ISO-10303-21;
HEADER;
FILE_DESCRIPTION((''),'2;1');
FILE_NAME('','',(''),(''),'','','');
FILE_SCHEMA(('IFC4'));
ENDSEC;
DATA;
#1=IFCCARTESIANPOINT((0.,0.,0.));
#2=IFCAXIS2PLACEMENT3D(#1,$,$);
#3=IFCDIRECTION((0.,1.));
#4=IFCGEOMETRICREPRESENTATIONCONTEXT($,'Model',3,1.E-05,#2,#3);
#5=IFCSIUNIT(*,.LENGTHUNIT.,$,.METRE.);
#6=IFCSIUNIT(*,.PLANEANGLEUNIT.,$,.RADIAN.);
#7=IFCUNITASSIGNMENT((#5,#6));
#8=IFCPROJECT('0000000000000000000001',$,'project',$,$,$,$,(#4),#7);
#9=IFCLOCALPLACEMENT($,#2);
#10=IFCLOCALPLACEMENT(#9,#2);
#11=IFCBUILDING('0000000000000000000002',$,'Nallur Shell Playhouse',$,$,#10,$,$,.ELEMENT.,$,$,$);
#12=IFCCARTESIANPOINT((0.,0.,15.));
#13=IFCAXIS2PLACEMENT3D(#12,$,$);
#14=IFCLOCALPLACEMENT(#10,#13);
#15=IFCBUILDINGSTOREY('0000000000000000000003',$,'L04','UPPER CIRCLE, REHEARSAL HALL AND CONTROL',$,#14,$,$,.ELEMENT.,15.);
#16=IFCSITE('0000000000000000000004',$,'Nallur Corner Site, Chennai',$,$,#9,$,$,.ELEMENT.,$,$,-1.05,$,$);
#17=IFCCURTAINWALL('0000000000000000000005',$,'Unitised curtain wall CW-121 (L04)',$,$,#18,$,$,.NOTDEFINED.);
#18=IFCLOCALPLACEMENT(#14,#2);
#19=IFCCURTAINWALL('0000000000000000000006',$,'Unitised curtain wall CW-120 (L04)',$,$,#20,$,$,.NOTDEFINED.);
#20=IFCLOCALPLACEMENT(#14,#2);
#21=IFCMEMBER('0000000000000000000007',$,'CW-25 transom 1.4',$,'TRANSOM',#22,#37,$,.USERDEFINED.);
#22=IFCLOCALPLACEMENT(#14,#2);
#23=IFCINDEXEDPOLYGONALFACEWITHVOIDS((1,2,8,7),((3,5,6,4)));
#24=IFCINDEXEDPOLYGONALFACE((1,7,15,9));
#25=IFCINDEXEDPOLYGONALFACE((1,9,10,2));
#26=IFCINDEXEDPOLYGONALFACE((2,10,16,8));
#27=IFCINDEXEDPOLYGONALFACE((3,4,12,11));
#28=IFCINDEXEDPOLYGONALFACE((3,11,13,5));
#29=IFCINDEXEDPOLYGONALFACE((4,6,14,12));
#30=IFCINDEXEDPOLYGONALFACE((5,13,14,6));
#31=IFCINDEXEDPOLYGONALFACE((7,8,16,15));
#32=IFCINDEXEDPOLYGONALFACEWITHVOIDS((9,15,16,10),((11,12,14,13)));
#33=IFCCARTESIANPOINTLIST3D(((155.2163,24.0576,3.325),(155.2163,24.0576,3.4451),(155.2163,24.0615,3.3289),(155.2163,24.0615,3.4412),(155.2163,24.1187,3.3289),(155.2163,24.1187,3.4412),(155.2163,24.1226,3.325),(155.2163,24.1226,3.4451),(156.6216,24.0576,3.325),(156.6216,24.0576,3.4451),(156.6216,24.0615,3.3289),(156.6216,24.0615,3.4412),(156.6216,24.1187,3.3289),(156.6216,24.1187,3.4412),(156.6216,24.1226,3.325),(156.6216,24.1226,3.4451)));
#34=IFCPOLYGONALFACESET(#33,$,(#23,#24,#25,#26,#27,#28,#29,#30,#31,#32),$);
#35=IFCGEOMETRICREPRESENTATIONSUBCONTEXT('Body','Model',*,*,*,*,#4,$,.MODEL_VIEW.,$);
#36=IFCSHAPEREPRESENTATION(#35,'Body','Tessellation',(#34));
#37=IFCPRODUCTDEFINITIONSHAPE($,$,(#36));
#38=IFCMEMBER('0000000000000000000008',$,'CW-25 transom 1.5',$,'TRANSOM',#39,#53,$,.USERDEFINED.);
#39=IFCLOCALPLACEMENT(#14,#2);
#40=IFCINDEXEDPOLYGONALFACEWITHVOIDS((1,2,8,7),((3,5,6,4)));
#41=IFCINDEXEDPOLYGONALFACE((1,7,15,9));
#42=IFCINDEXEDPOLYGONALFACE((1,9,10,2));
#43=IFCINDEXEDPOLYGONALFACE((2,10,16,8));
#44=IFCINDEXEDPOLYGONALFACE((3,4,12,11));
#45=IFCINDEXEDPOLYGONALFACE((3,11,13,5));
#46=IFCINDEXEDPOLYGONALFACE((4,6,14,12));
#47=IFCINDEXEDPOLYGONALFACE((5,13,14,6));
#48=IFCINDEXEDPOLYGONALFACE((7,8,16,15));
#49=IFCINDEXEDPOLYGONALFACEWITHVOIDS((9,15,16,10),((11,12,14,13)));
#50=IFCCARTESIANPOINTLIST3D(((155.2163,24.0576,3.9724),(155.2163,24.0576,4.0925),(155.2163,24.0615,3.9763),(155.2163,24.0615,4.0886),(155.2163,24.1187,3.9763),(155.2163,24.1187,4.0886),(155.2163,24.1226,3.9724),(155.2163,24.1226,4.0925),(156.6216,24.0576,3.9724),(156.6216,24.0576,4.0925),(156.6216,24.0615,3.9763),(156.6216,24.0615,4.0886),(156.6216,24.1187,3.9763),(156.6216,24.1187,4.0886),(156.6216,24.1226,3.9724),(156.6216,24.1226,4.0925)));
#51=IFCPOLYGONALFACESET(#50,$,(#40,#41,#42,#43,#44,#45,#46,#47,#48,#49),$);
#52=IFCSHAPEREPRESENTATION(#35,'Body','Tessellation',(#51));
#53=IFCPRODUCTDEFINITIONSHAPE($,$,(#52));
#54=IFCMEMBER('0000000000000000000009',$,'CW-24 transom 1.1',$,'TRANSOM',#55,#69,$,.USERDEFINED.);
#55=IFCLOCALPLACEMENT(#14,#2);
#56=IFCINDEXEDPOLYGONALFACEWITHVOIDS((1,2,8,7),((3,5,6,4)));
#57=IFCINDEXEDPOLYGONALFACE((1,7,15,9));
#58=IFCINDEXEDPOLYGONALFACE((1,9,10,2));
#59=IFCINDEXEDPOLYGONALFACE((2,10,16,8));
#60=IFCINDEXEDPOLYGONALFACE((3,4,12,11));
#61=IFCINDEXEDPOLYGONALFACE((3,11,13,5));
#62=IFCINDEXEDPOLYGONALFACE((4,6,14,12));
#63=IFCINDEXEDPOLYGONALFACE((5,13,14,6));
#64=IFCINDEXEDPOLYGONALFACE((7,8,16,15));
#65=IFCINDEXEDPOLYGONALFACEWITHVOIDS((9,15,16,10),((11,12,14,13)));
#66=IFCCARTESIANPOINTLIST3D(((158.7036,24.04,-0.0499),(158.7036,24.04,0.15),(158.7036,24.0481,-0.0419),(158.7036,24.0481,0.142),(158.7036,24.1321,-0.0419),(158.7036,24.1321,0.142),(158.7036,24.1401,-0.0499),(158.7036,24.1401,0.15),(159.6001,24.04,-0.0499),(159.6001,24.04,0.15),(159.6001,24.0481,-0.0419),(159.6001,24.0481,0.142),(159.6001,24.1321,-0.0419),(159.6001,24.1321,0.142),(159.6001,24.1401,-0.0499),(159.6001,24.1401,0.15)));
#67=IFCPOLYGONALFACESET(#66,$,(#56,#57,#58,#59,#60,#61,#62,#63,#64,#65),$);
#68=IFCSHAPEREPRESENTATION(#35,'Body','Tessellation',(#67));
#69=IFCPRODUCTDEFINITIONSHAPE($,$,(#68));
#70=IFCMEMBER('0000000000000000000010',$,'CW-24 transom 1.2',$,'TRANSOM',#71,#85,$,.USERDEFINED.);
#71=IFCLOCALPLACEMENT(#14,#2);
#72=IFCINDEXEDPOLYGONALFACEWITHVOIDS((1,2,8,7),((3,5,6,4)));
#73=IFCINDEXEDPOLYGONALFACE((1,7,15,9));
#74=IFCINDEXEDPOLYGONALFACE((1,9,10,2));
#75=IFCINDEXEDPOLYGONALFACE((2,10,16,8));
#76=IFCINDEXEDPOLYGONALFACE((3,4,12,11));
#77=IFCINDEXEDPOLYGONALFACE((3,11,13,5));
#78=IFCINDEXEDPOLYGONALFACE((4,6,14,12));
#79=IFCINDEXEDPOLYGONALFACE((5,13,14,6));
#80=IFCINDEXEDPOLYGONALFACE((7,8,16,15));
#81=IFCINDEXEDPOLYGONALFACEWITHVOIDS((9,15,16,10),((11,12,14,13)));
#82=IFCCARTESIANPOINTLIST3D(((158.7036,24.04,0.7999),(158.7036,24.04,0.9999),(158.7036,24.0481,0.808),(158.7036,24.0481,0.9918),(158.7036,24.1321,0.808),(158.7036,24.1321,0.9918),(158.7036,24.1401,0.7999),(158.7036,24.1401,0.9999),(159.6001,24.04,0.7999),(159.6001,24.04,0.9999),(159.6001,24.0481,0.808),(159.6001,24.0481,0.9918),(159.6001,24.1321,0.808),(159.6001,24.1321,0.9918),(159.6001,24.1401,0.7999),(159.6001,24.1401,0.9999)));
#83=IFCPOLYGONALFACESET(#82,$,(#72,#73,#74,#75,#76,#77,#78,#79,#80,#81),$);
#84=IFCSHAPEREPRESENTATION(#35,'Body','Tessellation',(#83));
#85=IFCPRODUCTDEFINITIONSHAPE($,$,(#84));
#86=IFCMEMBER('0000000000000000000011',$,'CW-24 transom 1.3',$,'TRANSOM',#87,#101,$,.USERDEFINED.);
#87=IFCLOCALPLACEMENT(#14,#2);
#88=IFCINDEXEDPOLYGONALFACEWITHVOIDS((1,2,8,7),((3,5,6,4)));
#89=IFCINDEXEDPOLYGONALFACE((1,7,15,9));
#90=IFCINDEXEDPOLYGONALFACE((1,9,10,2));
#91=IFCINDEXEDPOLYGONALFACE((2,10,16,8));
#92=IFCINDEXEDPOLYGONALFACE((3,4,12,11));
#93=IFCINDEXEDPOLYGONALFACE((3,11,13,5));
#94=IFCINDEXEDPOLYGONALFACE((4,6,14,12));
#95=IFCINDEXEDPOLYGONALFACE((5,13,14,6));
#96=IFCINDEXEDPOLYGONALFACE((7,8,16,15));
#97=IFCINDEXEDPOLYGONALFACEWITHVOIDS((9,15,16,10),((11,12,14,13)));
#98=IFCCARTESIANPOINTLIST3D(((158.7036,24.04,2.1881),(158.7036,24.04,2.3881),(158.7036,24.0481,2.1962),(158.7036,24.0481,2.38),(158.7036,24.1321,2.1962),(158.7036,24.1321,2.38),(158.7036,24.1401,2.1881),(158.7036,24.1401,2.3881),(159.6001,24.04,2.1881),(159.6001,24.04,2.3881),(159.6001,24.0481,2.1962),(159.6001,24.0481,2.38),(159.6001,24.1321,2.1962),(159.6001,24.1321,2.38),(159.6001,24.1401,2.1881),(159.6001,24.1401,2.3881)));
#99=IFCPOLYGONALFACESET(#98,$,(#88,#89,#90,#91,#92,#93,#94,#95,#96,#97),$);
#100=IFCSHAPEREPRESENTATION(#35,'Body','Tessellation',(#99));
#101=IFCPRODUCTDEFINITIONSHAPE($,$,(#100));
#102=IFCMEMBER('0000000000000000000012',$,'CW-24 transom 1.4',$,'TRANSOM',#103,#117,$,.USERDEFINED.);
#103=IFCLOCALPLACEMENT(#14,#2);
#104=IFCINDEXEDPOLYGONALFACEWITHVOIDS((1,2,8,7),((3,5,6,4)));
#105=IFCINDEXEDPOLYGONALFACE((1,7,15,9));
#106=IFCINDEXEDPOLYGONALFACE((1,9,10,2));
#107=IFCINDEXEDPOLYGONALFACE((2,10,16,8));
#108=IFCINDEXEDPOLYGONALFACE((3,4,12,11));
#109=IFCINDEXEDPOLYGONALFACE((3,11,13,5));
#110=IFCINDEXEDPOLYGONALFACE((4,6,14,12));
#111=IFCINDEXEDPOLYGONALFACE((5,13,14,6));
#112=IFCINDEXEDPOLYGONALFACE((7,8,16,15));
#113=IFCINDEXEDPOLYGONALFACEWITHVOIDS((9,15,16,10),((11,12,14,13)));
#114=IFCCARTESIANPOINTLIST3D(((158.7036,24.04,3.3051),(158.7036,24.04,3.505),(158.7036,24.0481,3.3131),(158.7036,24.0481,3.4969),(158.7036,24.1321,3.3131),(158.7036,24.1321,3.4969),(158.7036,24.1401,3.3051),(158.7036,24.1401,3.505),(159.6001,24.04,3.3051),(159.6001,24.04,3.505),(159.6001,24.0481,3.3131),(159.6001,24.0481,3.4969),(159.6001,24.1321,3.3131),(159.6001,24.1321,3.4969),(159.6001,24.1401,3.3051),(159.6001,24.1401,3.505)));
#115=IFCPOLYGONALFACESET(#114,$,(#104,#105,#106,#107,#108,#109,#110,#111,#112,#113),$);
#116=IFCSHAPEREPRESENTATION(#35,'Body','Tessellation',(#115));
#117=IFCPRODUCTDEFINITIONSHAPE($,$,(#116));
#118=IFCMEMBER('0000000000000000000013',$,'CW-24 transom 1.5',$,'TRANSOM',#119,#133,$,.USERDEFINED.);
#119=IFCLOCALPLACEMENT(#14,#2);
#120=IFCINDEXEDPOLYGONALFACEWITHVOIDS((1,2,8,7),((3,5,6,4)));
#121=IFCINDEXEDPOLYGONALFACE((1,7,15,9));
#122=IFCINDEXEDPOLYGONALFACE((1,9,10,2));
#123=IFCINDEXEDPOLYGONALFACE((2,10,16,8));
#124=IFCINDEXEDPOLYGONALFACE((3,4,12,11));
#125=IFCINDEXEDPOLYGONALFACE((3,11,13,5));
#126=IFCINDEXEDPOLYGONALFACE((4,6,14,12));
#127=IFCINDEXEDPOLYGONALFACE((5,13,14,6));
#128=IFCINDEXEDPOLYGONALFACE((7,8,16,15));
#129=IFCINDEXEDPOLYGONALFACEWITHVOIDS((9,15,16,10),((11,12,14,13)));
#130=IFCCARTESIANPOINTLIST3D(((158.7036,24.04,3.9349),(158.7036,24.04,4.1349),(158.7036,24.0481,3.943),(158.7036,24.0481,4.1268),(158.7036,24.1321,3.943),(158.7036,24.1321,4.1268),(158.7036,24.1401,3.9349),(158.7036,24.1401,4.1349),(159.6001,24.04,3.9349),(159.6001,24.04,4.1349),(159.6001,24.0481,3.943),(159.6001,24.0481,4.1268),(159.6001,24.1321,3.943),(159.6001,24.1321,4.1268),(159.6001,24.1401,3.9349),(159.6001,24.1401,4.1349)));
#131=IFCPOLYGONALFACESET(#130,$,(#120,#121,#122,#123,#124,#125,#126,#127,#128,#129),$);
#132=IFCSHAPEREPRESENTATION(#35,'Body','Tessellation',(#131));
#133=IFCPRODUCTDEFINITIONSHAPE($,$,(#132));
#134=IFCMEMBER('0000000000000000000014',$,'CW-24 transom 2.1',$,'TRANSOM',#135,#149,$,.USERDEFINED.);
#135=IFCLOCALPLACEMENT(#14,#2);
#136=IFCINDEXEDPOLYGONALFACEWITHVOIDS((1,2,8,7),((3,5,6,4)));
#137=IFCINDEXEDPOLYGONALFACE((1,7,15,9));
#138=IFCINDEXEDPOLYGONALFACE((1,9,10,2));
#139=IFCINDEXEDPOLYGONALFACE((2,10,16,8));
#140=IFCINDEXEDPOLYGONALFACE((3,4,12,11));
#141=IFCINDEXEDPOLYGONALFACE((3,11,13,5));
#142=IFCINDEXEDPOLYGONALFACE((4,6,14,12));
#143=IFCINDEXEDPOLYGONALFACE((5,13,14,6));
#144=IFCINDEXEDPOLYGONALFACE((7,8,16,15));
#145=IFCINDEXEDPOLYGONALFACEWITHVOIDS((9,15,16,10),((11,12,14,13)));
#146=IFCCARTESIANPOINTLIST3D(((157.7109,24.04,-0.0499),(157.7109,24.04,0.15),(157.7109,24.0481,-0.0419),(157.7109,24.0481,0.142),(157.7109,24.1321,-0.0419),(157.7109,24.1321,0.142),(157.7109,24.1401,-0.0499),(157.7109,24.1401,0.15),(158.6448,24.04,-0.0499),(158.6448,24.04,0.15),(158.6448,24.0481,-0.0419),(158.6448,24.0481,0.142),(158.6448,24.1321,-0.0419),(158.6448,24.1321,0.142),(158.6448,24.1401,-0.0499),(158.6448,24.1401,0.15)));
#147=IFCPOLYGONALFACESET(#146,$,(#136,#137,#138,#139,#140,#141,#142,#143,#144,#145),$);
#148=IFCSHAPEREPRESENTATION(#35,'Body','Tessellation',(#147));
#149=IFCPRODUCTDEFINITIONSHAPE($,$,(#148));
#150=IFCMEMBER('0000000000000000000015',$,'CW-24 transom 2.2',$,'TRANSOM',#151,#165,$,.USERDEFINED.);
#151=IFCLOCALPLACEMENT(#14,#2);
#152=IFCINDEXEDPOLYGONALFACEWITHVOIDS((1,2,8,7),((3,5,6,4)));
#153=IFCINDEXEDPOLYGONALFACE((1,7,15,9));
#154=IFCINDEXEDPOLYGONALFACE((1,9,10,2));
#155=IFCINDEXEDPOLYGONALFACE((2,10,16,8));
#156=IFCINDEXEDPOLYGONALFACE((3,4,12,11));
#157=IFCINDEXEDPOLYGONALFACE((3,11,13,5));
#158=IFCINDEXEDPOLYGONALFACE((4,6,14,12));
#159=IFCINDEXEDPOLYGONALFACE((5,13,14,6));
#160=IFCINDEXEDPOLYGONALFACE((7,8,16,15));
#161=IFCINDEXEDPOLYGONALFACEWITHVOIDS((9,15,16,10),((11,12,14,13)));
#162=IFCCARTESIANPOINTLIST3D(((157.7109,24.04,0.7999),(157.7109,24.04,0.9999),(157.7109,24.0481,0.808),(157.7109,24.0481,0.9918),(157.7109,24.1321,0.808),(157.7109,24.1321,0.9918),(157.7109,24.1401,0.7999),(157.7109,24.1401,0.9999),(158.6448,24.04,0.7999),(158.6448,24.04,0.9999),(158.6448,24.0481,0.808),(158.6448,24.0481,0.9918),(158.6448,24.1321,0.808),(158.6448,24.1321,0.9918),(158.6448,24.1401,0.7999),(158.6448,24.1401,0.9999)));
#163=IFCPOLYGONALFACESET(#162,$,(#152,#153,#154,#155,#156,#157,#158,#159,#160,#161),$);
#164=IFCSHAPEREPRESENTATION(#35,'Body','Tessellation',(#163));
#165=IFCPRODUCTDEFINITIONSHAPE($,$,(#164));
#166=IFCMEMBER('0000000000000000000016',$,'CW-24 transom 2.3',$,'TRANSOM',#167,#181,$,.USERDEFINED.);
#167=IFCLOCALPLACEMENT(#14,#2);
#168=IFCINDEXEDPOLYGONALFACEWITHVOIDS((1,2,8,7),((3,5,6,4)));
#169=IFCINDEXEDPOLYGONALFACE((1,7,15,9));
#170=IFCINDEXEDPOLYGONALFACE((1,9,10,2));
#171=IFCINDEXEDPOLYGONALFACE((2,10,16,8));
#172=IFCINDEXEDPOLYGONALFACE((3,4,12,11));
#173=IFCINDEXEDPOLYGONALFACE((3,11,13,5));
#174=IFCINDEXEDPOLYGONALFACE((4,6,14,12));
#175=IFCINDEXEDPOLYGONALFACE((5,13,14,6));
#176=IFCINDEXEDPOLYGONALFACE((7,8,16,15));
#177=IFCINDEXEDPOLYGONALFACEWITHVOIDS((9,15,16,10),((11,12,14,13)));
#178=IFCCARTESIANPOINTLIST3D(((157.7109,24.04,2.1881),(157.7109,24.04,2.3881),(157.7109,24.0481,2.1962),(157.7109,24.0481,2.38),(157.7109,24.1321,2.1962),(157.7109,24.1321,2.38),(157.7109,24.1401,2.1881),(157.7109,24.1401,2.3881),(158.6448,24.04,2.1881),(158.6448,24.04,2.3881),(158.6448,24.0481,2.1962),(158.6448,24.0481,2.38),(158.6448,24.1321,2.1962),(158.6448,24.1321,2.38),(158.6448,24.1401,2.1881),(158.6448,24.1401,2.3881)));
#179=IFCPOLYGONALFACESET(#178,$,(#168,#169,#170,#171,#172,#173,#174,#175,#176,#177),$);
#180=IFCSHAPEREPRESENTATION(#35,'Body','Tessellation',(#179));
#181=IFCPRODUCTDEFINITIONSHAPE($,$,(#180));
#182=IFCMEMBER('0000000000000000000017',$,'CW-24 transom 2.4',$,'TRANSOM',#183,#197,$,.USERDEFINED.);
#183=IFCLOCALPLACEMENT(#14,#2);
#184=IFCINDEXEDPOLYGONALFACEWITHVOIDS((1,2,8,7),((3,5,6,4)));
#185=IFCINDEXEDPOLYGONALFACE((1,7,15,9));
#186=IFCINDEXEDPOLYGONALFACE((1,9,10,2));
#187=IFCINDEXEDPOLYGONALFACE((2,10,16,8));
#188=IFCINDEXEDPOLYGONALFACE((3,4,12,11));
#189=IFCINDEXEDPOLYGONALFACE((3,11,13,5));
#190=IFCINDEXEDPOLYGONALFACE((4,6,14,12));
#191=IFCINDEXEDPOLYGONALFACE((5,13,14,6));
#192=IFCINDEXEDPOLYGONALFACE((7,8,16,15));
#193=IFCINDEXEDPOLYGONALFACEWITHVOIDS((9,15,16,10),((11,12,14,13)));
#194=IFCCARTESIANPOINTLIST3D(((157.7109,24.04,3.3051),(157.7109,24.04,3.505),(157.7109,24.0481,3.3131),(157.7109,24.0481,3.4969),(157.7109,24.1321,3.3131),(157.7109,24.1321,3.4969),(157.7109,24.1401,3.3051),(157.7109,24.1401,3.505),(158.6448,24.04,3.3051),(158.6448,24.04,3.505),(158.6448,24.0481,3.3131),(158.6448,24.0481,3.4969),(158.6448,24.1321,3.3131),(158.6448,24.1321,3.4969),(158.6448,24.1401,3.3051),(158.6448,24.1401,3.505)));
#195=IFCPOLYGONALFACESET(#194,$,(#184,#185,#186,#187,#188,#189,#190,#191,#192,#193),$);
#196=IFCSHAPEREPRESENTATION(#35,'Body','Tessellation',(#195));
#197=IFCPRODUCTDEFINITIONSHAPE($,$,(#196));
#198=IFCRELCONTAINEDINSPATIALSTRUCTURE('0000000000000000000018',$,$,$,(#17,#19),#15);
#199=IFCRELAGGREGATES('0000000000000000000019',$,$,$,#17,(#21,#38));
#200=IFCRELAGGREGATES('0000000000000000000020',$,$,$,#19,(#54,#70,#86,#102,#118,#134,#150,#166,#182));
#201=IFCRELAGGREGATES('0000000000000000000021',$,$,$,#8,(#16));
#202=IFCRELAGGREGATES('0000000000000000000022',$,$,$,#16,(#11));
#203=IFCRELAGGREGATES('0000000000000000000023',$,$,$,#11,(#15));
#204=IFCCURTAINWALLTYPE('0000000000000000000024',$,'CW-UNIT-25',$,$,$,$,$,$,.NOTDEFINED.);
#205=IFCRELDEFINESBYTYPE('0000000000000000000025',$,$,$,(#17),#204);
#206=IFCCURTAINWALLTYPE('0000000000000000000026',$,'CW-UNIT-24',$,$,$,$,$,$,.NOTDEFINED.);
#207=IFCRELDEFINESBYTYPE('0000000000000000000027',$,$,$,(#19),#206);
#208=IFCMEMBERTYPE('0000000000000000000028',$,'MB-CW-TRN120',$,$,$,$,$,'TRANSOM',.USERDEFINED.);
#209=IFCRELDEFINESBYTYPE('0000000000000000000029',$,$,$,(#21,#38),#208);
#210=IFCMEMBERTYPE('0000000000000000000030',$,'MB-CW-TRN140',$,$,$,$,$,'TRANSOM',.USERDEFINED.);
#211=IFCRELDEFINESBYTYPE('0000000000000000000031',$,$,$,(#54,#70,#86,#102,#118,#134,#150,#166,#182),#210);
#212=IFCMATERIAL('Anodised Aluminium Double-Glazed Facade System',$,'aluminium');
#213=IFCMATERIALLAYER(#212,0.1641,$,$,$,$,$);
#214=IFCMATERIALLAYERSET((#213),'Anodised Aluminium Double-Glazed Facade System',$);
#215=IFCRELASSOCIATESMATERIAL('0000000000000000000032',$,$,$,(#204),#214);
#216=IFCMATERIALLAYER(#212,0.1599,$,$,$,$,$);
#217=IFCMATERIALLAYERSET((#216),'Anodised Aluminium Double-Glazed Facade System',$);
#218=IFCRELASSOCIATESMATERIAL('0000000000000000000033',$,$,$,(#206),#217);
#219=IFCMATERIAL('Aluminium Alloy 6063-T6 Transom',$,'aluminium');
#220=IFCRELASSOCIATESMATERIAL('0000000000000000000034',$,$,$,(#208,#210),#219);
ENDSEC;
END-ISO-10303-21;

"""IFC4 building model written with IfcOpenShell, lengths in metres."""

from ifc_helpers import new_model, si_unit, direction, frame, origin, origin_2d, place, context, subcontext, project, spatial, hollow_rectangle, extrude, material, layer, layer_set, material_profile, profile_set, type_object, element, aggregate, save


model = new_model("IFC4")

# Units and contexts
model_context = context("Model", 3, precision=1e-05, world=origin(), true_north=direction((0.0, 1.0)))
body_context = subcontext(model_context, "Body", "Model", "MODEL_VIEW")
ifc_project = project(units=[si_unit("LENGTHUNIT", "METRE"), si_unit("PLANEANGLEUNIT", "RADIAN")], contexts=[model_context])

# Site, building, storey
site_placement = place(None, origin())
site = spatial("IfcSite", under=ifc_project, at=site_placement, Name="Nallur Corner Site, Chennai", CompositionType="ELEMENT", RefElevation=-1.05)
building_placement = place(site_placement, origin())
building = spatial("IfcBuilding", under=site, at=building_placement, Name="Nallur Shell Playhouse", CompositionType="ELEMENT")
storey_placement = place(building_placement, frame((0.0, 0.0, 15.0)))
storey = spatial("IfcBuildingStorey", under=building, at=storey_placement, Name="L04", Description="UPPER CIRCLE, REHEARSAL HALL AND CONTROL", CompositionType="ELEMENT", Elevation=15.0)

# Curtain wall
ifc_material_1 = material(Name="Anodised Aluminium Double-Glazed Facade System", Category="aluminium")
ifc_layer_1 = layer(ifc_material_1, 0.1641)
ifc_layer_set_1 = layer_set([ifc_layer_1], Name="Anodised Aluminium Double-Glazed Facade System")
curtain_wall_type_1 = type_object("IfcCurtainWallType", Name="CW-UNIT-25", PredefinedType="NOTDEFINED", material=ifc_layer_set_1)
curtain_wall_1_placement = place(storey_placement, origin())
curtain_wall_1 = element("IfcCurtainWall", 1, at=curtain_wall_1_placement, inside=storey, type_object=curtain_wall_type_1, Name="Unitised curtain wall CW-121 (L04)", PredefinedType="NOTDEFINED")

# Curtain wall
ifc_layer_2 = layer(ifc_material_1, 0.1599)
ifc_layer_set_2 = layer_set([ifc_layer_2], Name="Anodised Aluminium Double-Glazed Facade System")
curtain_wall_type_2 = type_object("IfcCurtainWallType", Name="CW-UNIT-24", PredefinedType="NOTDEFINED", material=ifc_layer_set_2)
curtain_wall_2_placement = place(storey_placement, origin())
curtain_wall_2 = element("IfcCurtainWall", 2, at=curtain_wall_2_placement, inside=storey, type_object=curtain_wall_type_2, Name="Unitised curtain wall CW-120 (L04)", PredefinedType="NOTDEFINED")

# Members
ifc_material_2 = material(Name="Aluminium Alloy 6063-T6 Transom", Category="aluminium")
ifc_material_profile_1 = material_profile(ifc_material_2, hollow_rectangle(XDim=0.0649, YDim=0.1201, WallThickness=0.0039, at=origin_2d()), Name="ALU 65x120x4")
ifc_profile_set_1 = profile_set([ifc_material_profile_1], Name="Aluminium Alloy 6063-T6 Transom")
member_type_1 = type_object("IfcMemberType", Name="MB-CW-TRN120", ElementType="TRANSOM", PredefinedType="USERDEFINED", material=ifc_profile_set_1)
member_1_placement = place(storey_placement, frame((156.6216, 24.0901, 3.385), z_axis=(-1.0, 0.0, 0.0), x_axis=(0.0, -1.0, 0.0)))
member_1 = element("IfcMember", 3, at=member_1_placement, type_object=member_type_1, Name="CW-25 transom 1.4", ObjectType="TRANSOM", PredefinedType="USERDEFINED", context=body_context, shape_type="SweptSolid", body=[
    extrude(hollow_rectangle(XDim=0.0649, YDim=0.1201, WallThickness=0.0039, at=origin_2d()), origin(), (0.0, 0.0, 1.0), 1.4053),
])
member_2_placement = place(storey_placement, frame((156.6216, 24.0901, 4.0325), z_axis=(-1.0, 0.0, 0.0), x_axis=(0.0, -1.0, 0.0)))
member_2 = element("IfcMember", 4, at=member_2_placement, type_object=member_type_1, Name="CW-25 transom 1.5", ObjectType="TRANSOM", PredefinedType="USERDEFINED", context=body_context, shape_type="SweptSolid", body=[
    extrude(hollow_rectangle(XDim=0.0649, YDim=0.1201, WallThickness=0.0039, at=origin_2d()), origin(), (0.0, 0.0, 1.0), 1.4053),
])
aggregate(curtain_wall_1, [member_1, member_2])
ifc_material_profile_2 = material_profile(ifc_material_2, hollow_rectangle(XDim=0.1001, YDim=0.2, WallThickness=0.0081, at=origin_2d()), Name="RHS 200x100x8")
ifc_profile_set_2 = profile_set([ifc_material_profile_2], Name="Aluminium Alloy 6063-T6 Transom")
member_type_2 = type_object("IfcMemberType", Name="MB-CW-TRN140", ElementType="TRANSOM", PredefinedType="USERDEFINED", material=ifc_profile_set_2)
member_3_placement = place(storey_placement, frame((159.6001, 24.0901, 0.05), z_axis=(-1.0, 0.0, 0.0), x_axis=(0.0, -1.0, 0.0)))
member_3 = element("IfcMember", 5, at=member_3_placement, type_object=member_type_2, Name="CW-24 transom 1.1", ObjectType="TRANSOM", PredefinedType="USERDEFINED", context=body_context, shape_type="SweptSolid", body=[
    extrude(hollow_rectangle(XDim=0.1001, YDim=0.2, WallThickness=0.0081, at=origin_2d()), origin(), (0.0, 0.0, 1.0), 0.8965),
])
member_4_placement = place(storey_placement, frame((159.6001, 24.0901, 0.8999), z_axis=(-1.0, 0.0, 0.0), x_axis=(0.0, -1.0, 0.0)))
member_4 = element("IfcMember", 6, at=member_4_placement, type_object=member_type_2, Name="CW-24 transom 1.2", ObjectType="TRANSOM", PredefinedType="USERDEFINED", context=body_context, shape_type="SweptSolid", body=[
    extrude(hollow_rectangle(XDim=0.1001, YDim=0.2, WallThickness=0.0081, at=origin_2d()), origin(), (0.0, 0.0, 1.0), 0.8965),
])
member_5_placement = place(storey_placement, frame((159.6001, 24.0901, 2.2881), z_axis=(-1.0, 0.0, 0.0), x_axis=(0.0, -1.0, 0.0)))
member_5 = element("IfcMember", 7, at=member_5_placement, type_object=member_type_2, Name="CW-24 transom 1.3", ObjectType="TRANSOM", PredefinedType="USERDEFINED", context=body_context, shape_type="SweptSolid", body=[
    extrude(hollow_rectangle(XDim=0.1001, YDim=0.2, WallThickness=0.0081, at=origin_2d()), origin(), (0.0, 0.0, 1.0), 0.8965),
])
member_6_placement = place(storey_placement, frame((159.6001, 24.0901, 3.405), z_axis=(-1.0, 0.0, 0.0), x_axis=(0.0, -1.0, 0.0)))
member_6 = element("IfcMember", 8, at=member_6_placement, type_object=member_type_2, Name="CW-24 transom 1.4", ObjectType="TRANSOM", PredefinedType="USERDEFINED", context=body_context, shape_type="SweptSolid", body=[
    extrude(hollow_rectangle(XDim=0.1001, YDim=0.2, WallThickness=0.0081, at=origin_2d()), origin(), (0.0, 0.0, 1.0), 0.8965),
])
member_7_placement = place(storey_placement, frame((159.6001, 24.0901, 4.0349), z_axis=(-1.0, 0.0, 0.0), x_axis=(0.0, -1.0, 0.0)))
member_7 = element("IfcMember", 9, at=member_7_placement, type_object=member_type_2, Name="CW-24 transom 1.5", ObjectType="TRANSOM", PredefinedType="USERDEFINED", context=body_context, shape_type="SweptSolid", body=[
    extrude(hollow_rectangle(XDim=0.1001, YDim=0.2, WallThickness=0.0081, at=origin_2d()), origin(), (0.0, 0.0, 1.0), 0.8965),
])
member_8_placement = place(storey_placement, frame((158.6448, 24.0901, 0.05), z_axis=(-1.0, 0.0, 0.0), x_axis=(0.0, -1.0, 0.0)))
member_8 = element("IfcMember", 10, at=member_8_placement, type_object=member_type_2, Name="CW-24 transom 2.1", ObjectType="TRANSOM", PredefinedType="USERDEFINED", context=body_context, shape_type="SweptSolid", body=[
    extrude(hollow_rectangle(XDim=0.1001, YDim=0.2, WallThickness=0.0081, at=origin_2d()), origin(), (0.0, 0.0, 1.0), 0.9338),
])
member_9_placement = place(storey_placement, frame((158.6448, 24.0901, 0.8999), z_axis=(-1.0, 0.0, 0.0), x_axis=(0.0, -1.0, 0.0)))
member_9 = element("IfcMember", 11, at=member_9_placement, type_object=member_type_2, Name="CW-24 transom 2.2", ObjectType="TRANSOM", PredefinedType="USERDEFINED", context=body_context, shape_type="SweptSolid", body=[
    extrude(hollow_rectangle(XDim=0.1001, YDim=0.2, WallThickness=0.0081, at=origin_2d()), origin(), (0.0, 0.0, 1.0), 0.9338),
])
member_10_placement = place(storey_placement, frame((158.6448, 24.0901, 2.2881), z_axis=(-1.0, 0.0, 0.0), x_axis=(0.0, -1.0, 0.0)))
member_10 = element("IfcMember", 12, at=member_10_placement, type_object=member_type_2, Name="CW-24 transom 2.3", ObjectType="TRANSOM", PredefinedType="USERDEFINED", context=body_context, shape_type="SweptSolid", body=[
    extrude(hollow_rectangle(XDim=0.1001, YDim=0.2, WallThickness=0.0081, at=origin_2d()), origin(), (0.0, 0.0, 1.0), 0.9338),
])
member_11_placement = place(storey_placement, frame((158.6448, 24.0901, 3.405), z_axis=(-1.0, 0.0, 0.0), x_axis=(0.0, -1.0, 0.0)))
member_11 = element("IfcMember", 13, at=member_11_placement, type_object=member_type_2, Name="CW-24 transom 2.4", ObjectType="TRANSOM", PredefinedType="USERDEFINED", context=body_context, shape_type="SweptSolid", body=[
    extrude(hollow_rectangle(XDim=0.1001, YDim=0.2, WallThickness=0.0081, at=origin_2d()), origin(), (0.0, 0.0, 1.0), 0.9338),
])

aggregate(curtain_wall_2, [member_3, member_4, member_5, member_6, member_7, member_8, member_9, member_10, member_11])

save(model, "model.ifc")
